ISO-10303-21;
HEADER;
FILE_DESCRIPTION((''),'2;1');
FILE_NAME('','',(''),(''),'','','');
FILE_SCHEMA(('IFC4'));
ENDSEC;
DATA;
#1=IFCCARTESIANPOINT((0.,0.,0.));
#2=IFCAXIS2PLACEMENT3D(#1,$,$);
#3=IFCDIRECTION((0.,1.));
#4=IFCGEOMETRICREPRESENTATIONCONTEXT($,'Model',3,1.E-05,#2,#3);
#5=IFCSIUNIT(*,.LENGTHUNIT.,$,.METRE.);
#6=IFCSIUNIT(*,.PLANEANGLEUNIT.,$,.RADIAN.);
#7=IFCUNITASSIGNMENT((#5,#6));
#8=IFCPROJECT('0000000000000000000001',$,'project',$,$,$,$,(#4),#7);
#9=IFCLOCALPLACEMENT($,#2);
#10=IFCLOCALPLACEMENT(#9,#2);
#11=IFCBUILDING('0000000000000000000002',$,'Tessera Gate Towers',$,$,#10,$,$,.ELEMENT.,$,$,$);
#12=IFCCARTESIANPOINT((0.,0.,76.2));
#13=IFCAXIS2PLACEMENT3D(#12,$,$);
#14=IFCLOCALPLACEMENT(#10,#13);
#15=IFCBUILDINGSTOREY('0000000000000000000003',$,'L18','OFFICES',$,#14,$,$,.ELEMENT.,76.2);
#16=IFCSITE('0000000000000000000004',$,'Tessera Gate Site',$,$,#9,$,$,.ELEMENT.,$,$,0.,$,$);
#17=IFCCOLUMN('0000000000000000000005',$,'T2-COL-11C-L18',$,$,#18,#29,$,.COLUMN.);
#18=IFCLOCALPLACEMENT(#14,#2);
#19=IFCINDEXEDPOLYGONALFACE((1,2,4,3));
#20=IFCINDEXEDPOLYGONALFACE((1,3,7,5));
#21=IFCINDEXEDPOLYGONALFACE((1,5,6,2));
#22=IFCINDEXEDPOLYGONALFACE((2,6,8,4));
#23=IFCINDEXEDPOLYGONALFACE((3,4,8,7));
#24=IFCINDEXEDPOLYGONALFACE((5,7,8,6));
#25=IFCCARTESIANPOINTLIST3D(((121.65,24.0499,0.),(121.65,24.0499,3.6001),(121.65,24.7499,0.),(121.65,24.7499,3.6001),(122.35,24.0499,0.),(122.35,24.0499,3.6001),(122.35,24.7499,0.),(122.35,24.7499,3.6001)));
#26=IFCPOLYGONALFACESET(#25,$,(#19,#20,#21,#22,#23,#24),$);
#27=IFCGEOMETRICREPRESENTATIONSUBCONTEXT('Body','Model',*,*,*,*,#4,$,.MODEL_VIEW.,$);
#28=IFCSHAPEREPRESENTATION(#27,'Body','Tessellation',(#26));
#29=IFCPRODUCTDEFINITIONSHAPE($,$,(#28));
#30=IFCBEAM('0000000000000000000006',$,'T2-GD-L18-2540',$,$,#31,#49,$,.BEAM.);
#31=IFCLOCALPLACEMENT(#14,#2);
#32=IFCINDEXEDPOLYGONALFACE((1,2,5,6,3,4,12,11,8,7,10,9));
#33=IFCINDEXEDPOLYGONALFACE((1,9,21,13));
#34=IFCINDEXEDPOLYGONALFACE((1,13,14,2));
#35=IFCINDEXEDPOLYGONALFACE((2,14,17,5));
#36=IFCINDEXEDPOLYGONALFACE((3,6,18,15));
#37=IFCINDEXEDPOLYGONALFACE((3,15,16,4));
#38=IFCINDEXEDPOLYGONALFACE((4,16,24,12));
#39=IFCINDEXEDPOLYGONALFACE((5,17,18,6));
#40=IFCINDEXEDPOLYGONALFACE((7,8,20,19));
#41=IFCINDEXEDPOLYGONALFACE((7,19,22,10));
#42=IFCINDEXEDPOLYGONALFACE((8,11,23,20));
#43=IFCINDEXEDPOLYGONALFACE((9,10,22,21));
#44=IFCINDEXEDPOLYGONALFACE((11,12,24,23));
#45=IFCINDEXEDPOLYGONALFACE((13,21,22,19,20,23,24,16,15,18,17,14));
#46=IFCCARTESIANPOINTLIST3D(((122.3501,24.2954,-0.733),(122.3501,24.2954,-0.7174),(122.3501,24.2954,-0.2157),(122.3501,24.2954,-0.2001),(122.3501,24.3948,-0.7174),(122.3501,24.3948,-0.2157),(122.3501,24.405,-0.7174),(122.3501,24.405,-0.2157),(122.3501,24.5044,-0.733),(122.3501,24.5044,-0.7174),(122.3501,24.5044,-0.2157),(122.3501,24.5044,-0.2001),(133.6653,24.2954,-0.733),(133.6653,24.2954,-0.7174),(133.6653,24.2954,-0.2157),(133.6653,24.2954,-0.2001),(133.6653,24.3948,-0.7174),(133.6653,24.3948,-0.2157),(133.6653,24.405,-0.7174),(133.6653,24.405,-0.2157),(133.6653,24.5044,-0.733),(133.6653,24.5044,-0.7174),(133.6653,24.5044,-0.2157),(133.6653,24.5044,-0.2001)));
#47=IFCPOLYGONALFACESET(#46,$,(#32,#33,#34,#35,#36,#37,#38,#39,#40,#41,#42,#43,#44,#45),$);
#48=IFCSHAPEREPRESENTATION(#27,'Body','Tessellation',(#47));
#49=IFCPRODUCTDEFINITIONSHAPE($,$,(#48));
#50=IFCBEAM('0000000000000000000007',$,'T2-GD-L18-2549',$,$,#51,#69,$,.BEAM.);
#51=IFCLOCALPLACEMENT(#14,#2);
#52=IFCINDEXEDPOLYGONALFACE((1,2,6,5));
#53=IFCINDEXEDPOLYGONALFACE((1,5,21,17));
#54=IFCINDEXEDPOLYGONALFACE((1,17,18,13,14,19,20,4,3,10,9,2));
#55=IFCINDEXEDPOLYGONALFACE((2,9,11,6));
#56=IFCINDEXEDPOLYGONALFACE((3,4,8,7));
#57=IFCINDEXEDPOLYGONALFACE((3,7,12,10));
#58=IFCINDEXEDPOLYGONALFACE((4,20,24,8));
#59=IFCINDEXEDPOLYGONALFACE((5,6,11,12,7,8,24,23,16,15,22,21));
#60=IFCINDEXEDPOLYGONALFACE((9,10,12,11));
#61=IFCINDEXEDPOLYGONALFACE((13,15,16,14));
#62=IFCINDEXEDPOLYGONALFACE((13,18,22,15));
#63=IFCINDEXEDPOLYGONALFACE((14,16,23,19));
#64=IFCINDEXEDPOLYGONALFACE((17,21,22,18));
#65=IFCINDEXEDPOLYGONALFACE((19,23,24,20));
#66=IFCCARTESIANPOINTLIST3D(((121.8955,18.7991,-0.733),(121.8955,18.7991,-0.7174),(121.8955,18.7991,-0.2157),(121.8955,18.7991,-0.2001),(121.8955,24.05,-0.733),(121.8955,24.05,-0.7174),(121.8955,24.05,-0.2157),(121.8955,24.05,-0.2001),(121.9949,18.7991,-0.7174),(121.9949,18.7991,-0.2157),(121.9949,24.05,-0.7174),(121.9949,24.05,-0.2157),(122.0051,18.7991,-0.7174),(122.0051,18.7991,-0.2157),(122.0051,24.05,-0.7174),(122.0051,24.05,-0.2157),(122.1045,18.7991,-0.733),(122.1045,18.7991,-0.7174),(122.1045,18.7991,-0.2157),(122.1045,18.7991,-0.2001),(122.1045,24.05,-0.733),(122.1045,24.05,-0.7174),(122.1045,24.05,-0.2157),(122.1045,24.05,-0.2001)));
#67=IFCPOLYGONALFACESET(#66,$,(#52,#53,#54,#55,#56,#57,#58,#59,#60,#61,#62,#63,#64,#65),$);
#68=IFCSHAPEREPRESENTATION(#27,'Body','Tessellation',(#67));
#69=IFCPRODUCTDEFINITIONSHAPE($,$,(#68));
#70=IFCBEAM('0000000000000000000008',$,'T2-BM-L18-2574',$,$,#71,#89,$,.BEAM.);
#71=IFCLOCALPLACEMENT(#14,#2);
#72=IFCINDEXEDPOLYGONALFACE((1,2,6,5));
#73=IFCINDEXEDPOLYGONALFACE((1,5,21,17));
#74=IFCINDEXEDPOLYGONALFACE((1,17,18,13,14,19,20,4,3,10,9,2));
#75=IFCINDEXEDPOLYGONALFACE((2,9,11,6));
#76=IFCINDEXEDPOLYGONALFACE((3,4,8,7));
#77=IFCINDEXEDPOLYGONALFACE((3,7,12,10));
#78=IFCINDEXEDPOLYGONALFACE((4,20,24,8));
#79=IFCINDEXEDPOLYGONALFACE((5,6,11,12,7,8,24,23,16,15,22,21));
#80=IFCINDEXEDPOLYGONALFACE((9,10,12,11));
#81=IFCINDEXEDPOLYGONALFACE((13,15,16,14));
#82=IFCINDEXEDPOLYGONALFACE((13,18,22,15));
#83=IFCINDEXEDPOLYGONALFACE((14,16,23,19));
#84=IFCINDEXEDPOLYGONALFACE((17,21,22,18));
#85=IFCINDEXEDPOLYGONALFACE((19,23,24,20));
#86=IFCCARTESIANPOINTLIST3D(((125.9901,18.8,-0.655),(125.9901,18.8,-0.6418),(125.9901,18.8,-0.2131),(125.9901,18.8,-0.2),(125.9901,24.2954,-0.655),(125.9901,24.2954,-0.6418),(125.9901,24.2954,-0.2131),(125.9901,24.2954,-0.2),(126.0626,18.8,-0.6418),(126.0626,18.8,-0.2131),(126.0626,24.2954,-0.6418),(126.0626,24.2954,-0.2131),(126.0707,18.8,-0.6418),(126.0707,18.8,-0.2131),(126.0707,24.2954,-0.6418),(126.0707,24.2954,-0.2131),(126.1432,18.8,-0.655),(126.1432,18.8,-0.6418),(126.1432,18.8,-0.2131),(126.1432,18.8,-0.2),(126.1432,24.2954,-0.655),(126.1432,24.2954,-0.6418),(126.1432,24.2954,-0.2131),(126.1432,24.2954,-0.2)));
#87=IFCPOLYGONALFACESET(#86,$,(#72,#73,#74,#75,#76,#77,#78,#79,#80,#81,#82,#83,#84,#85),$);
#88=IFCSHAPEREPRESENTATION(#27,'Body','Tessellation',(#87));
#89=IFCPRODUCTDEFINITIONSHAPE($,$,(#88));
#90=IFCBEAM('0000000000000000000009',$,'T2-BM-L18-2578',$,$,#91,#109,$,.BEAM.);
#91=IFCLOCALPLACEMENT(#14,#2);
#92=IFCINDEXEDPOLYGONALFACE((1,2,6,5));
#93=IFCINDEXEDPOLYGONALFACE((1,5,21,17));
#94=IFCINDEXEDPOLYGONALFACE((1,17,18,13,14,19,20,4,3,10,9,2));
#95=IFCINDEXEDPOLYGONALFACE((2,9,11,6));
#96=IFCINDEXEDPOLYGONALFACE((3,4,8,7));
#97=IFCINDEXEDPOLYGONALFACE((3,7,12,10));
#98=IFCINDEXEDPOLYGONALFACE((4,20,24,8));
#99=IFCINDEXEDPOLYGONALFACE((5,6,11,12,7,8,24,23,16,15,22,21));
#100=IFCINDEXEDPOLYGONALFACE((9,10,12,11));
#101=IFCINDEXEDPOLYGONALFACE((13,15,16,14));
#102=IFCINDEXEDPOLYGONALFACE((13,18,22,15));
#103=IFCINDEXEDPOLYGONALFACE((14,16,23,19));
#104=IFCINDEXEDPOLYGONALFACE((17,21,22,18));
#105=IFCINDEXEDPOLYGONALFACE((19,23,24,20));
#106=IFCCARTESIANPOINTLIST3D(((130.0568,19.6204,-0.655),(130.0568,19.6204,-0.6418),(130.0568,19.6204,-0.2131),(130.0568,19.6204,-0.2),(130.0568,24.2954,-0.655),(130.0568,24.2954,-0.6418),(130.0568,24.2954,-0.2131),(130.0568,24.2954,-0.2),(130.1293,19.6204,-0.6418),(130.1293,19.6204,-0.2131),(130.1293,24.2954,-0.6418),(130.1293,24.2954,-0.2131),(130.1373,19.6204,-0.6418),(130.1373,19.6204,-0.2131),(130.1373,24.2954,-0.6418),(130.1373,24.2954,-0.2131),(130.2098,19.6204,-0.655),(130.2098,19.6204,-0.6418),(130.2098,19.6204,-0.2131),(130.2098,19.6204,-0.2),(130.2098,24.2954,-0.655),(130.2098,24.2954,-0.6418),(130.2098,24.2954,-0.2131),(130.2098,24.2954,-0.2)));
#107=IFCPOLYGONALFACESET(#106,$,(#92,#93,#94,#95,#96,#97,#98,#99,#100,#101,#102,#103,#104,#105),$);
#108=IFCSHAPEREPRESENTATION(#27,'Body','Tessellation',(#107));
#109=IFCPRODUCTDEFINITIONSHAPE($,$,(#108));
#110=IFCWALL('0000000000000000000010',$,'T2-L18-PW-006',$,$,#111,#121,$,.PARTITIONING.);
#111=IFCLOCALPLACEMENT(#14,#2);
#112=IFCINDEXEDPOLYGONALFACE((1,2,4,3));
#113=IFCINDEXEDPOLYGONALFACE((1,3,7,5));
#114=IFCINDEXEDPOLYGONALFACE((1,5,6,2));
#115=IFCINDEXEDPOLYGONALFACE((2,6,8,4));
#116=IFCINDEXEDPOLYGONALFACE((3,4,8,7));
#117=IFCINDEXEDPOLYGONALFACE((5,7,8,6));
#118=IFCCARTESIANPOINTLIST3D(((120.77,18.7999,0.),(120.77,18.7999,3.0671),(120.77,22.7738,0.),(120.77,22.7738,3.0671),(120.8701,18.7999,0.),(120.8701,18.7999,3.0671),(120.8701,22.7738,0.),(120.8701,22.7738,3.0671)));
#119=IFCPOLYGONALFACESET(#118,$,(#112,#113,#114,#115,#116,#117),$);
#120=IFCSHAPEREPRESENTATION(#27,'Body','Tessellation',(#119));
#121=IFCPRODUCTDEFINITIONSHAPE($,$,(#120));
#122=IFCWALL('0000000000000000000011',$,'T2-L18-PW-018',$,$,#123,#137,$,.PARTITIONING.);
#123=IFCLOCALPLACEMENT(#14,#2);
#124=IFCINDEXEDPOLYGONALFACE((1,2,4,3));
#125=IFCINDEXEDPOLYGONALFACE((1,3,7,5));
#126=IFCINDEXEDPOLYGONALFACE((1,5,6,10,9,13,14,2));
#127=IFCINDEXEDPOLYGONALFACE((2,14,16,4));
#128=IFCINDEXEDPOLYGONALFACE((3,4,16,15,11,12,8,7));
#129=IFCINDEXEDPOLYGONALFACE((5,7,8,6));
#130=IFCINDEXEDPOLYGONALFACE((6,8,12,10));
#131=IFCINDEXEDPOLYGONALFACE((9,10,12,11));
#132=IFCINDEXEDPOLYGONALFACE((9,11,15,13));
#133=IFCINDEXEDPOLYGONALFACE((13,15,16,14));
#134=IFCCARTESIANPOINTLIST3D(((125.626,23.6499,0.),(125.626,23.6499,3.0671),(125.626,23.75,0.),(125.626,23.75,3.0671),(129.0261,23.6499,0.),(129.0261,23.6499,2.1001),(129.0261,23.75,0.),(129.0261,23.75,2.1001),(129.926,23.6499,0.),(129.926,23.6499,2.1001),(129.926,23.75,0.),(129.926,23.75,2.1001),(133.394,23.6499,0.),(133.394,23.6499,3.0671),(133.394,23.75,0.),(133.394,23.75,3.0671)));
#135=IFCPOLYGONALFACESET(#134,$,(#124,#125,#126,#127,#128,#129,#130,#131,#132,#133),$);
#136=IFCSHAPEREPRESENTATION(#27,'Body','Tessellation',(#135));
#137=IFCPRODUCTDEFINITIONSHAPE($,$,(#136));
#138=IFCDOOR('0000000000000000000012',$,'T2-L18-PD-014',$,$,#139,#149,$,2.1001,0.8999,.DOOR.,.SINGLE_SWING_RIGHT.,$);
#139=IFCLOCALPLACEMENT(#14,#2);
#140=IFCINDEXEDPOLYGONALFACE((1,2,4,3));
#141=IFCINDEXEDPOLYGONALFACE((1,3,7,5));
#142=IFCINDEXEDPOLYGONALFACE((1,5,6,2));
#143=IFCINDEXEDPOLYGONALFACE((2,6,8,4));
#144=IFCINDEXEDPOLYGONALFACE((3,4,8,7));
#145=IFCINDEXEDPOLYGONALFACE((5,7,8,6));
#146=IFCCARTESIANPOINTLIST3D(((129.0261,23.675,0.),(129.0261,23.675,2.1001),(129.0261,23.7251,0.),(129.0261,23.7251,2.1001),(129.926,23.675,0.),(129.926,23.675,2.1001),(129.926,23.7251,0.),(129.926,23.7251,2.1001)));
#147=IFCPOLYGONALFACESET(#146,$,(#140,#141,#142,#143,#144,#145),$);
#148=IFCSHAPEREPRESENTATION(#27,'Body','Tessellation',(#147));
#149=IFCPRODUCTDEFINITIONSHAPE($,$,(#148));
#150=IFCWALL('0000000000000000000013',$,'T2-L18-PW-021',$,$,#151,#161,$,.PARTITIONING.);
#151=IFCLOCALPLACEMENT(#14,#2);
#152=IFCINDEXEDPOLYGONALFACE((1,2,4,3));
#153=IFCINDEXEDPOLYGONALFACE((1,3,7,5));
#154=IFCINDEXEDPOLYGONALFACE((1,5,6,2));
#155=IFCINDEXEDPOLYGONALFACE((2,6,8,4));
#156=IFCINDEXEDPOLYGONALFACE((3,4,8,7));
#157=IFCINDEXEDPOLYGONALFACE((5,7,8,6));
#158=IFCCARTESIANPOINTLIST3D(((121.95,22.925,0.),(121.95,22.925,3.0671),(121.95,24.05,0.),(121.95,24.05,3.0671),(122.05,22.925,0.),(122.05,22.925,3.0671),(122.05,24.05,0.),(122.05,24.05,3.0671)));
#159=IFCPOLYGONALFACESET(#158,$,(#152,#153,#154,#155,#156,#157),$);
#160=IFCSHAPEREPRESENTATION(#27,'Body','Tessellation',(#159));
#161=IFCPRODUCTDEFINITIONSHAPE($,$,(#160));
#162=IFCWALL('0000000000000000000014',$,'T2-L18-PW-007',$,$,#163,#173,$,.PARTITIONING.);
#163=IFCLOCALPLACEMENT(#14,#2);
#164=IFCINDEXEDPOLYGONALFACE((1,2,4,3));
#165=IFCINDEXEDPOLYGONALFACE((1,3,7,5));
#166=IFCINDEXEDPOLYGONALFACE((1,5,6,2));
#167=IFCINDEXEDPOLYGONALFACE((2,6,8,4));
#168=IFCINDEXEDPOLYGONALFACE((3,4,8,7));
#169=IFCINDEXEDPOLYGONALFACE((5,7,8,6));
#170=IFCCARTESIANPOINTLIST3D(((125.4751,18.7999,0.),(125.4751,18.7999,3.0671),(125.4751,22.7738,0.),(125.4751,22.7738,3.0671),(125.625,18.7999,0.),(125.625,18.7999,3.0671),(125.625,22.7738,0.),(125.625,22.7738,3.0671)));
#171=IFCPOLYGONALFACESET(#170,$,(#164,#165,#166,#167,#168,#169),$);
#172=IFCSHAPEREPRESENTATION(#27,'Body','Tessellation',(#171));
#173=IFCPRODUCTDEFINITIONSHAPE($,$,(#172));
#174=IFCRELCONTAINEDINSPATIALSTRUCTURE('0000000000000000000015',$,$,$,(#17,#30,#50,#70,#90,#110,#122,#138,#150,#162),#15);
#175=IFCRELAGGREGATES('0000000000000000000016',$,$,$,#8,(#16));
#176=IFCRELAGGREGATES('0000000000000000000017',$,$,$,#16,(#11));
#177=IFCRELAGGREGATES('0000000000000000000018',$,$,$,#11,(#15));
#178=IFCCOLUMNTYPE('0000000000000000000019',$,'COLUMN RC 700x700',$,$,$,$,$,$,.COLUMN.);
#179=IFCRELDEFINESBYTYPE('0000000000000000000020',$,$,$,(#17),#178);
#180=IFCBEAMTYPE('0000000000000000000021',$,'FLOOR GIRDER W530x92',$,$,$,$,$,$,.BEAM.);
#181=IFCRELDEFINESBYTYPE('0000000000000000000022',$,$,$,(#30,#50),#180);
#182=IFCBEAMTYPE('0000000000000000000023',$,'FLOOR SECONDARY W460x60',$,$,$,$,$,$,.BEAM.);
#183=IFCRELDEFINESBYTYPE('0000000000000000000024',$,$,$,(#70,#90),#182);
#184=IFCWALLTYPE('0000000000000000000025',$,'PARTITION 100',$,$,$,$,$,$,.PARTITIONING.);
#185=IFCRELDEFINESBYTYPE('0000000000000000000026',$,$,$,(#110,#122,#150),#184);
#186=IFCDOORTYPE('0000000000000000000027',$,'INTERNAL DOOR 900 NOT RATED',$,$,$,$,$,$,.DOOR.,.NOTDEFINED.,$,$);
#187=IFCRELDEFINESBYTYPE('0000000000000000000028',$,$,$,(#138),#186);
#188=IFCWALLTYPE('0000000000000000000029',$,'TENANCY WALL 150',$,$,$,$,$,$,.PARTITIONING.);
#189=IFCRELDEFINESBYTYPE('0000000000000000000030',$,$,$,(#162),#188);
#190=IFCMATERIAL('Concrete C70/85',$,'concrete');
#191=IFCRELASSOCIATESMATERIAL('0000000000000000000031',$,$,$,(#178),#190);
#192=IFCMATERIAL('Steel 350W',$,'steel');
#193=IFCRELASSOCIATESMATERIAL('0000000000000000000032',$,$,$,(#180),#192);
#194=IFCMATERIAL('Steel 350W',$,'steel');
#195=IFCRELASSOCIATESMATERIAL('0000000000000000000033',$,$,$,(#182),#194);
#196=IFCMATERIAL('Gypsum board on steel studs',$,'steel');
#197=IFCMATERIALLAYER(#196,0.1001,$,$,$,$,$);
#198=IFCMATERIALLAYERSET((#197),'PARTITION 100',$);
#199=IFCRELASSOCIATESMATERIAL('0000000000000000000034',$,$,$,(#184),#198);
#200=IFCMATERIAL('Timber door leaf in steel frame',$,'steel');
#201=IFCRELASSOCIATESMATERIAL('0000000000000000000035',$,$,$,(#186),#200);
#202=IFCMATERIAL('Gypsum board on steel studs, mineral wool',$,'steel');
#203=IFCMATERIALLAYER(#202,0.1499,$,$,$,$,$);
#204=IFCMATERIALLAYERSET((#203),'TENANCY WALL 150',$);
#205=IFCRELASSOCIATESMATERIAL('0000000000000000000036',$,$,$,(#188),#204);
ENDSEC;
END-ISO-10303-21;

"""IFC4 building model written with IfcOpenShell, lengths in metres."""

from ifc_helpers import new_model, si_unit, direction, frame, frame_2d, origin, origin_2d, place, context, subcontext, project, spatial, rectangle, i_section, extrude, source, transform, mapped, material, layer, layer_set, material_profile, profile_set, type_object, element, fill, save


model = new_model("IFC4")

# Units and contexts
model_context = context("Model", 3, precision=1e-05, world=origin(), true_north=direction((0.0, 1.0)))
body_context = subcontext(model_context, "Body", "Model", "MODEL_VIEW")
ifc_project = project(units=[si_unit("LENGTHUNIT", "METRE"), si_unit("PLANEANGLEUNIT", "RADIAN")], contexts=[model_context])

# Site, building, storey
site_placement = place(None, origin())
site = spatial("IfcSite", under=ifc_project, at=site_placement, Name="Tessera Gate Site", CompositionType="ELEMENT", RefElevation=0.0)
building_placement = place(site_placement, origin())
building = spatial("IfcBuilding", under=site, at=building_placement, Name="Tessera Gate Towers", CompositionType="ELEMENT")
storey_placement = place(building_placement, frame((0.0, 0.0, 76.2)))
storey = spatial("IfcBuildingStorey", under=building, at=storey_placement, Name="L18", Description="OFFICES", CompositionType="ELEMENT", Elevation=76.2)

# Column
ifc_material_1 = material(Name="Concrete C70/85", Category="concrete")
ifc_material_profile_1 = material_profile(ifc_material_1, rectangle(XDim=0.7, YDim=0.7, at=origin_2d()), Name="RC 700x700")
ifc_profile_set_1 = profile_set([ifc_material_profile_1], Name="Concrete C70/85")
column_type = type_object("IfcColumnType", Name="COLUMN RC 700x700", PredefinedType="COLUMN", material=ifc_profile_set_1)
column_placement = place(storey_placement, frame((122.0, 24.3999, 0.0), z_axis=(0.0, 0.0, 1.0), x_axis=(1.0, 0.0, 0.0)))
element("IfcColumn", 1, at=column_placement, inside=storey, type_object=column_type, Name="T2-COL-11C-L18", PredefinedType="COLUMN", context=body_context, shape_type="SweptSolid", body=[
    extrude(rectangle(XDim=0.7, YDim=0.7, at=origin_2d()), origin(), (0.0, 0.0, 1.0), 3.6001),
])

# Beams
ifc_material_2 = material(Name="Steel 350W", Category="steel")
ifc_material_profile_2 = material_profile(ifc_material_2, i_section(OverallWidth=0.209, OverallDepth=0.533, WebThickness=0.0103, FlangeThickness=0.0156, at=origin_2d()), Name="W530x92")
ifc_profile_set_2 = profile_set([ifc_material_profile_2], Name="Steel 350W")
beam_type_1 = type_object("IfcBeamType", Name="FLOOR GIRDER W530x92", PredefinedType="BEAM", material=ifc_profile_set_2)
beam_1_placement = place(storey_placement, frame((122.3501, 24.3999, -0.4666), z_axis=(1.0, 0.0, 0.0), x_axis=(0.0, 1.0, 0.0)))
element("IfcBeam", 2, at=beam_1_placement, inside=storey, type_object=beam_type_1, Name="T2-GD-L18-2540", PredefinedType="BEAM", context=body_context, shape_type="SweptSolid", body=[
    extrude(i_section(OverallWidth=0.209, OverallDepth=0.533, WebThickness=0.0103, FlangeThickness=0.0156, at=origin_2d()), origin(), (0.0, 0.0, 1.0), 11.3152),
])
beam_2_placement = place(storey_placement, frame((122.0, 18.7991, -0.4666), z_axis=(0.0, 1.0, 0.0), x_axis=(-1.0, 0.0, 0.0)))
element("IfcBeam", 3, at=beam_2_placement, inside=storey, type_object=beam_type_1, Name="T2-GD-L18-2549", PredefinedType="BEAM", context=body_context, shape_type="SweptSolid", body=[
    extrude(i_section(OverallWidth=0.209, OverallDepth=0.533, WebThickness=0.0103, FlangeThickness=0.0156, at=origin_2d()), origin(), (0.0, 0.0, 1.0), 5.251),
])
ifc_material_3 = material(Name="Steel 350W", Category="steel")
ifc_material_profile_3 = material_profile(ifc_material_3, i_section(OverallWidth=0.1531, OverallDepth=0.4551, WebThickness=0.0081, FlangeThickness=0.0132, at=origin_2d()), Name="W460x60")
ifc_profile_set_3 = profile_set([ifc_material_profile_3], Name="Steel 350W")
beam_type_2 = type_object("IfcBeamType", Name="FLOOR SECONDARY W460x60", PredefinedType="BEAM", material=ifc_profile_set_3)
beam_3_placement = place(storey_placement, frame((126.0667, 18.8, -0.4275), z_axis=(0.0, 1.0, 0.0), x_axis=(-1.0, 0.0, 0.0)))
element("IfcBeam", 4, at=beam_3_placement, inside=storey, type_object=beam_type_2, Name="T2-BM-L18-2574", PredefinedType="BEAM", context=body_context, shape_type="SweptSolid", body=[
    extrude(i_section(OverallWidth=0.1531, OverallDepth=0.4551, WebThickness=0.0081, FlangeThickness=0.0132, at=origin_2d()), origin(), (0.0, 0.0, 1.0), 5.4954),
])
beam_4_placement = place(storey_placement, frame((130.1333, 19.6204, -0.4275), z_axis=(0.0, 1.0, 0.0), x_axis=(-1.0, 0.0, 0.0)))
element("IfcBeam", 5, at=beam_4_placement, inside=storey, type_object=beam_type_2, Name="T2-BM-L18-2578", PredefinedType="BEAM", context=body_context, shape_type="SweptSolid", body=[
    extrude(i_section(OverallWidth=0.1531, OverallDepth=0.4551, WebThickness=0.0081, FlangeThickness=0.0132, at=origin_2d()), origin(), (0.0, 0.0, 1.0), 4.675),
])

# Wall
ifc_material_4 = material(Name="Gypsum board on steel studs", Category="steel")
ifc_layer_1 = layer(ifc_material_4, 0.1001)
ifc_layer_set_1 = layer_set([ifc_layer_1], Name="PARTITION 100")
wall_type_1 = type_object("IfcWallType", Name="PARTITION 100", PredefinedType="PARTITIONING", material=ifc_layer_set_1)
wall_1_placement = place(storey_placement, frame((120.8201, 18.8, 0.0), z_axis=(0.0, 0.0, 1.0), x_axis=(0.0, 1.0, 0.0)))
element("IfcWall", 6, at=wall_1_placement, inside=storey, type_object=wall_type_1, Name="T2-L18-PW-006", PredefinedType="PARTITIONING", context=body_context, shape_type="SweptSolid", body=[
    extrude(rectangle(XDim=3.9739, YDim=0.1001, at=frame_2d((1.9868, 0.0))), origin(), (0.0, 0.0, 1.0), 3.0671),
])

# Wall, opening, door
wall_2_placement = place(storey_placement, frame((133.394, 23.7, 0.0), z_axis=(0.0, 0.0, 1.0), x_axis=(-1.0, 0.0, 0.0)))
wall_2 = element("IfcWall", 7, at=wall_2_placement, inside=storey, type_object=wall_type_1, Name="T2-L18-PW-018", PredefinedType="PARTITIONING", context=body_context, shape_type="SweptSolid", body=[
    extrude(rectangle(XDim=7.7681, YDim=0.1001, at=frame_2d((3.884, 0.0))), origin(), (0.0, 0.0, 1.0), 3.0671),
])
shared_shape_1 = source(origin(), body_context, "Body", "SweptSolid", [
    extrude(rectangle(XDim=0.8999, YDim=2.1001, at=frame_2d((0.45, 1.05))), frame((0.0, 0.0601, 0.0), z_axis=(0.0, -1.0, 0.0), x_axis=(1.0, 0.0, 0.0)), (0.0, 0.0, 1.0), 0.1201),
])
opening_1_placement = place(wall_2_placement, frame((3.468, 0.0, 0.0)))
opening_1 = element("IfcOpeningElement", 8, at=opening_1_placement, cuts=wall_2, PredefinedType="OPENING", context=body_context, shape_type="MappedRepresentation", body=[
    mapped(shared_shape_1, transform((0.0, 0.0, 0.0), scale=1.0)),
])
ifc_material_5 = material(Name="Timber door leaf in steel frame", Category="steel")
door_type = type_object("IfcDoorType", Name="INTERNAL DOOR 900 NOT RATED", OperationType="NOTDEFINED", PredefinedType="DOOR", material=ifc_material_5)
shared_shape_2 = source(origin(), body_context, "Body", "SweptSolid", [
    extrude(rectangle(XDim=0.8999, YDim=2.1001, at=frame_2d((0.45, 1.05))), frame((0.0, 0.0249, 0.0), z_axis=(0.0, -1.0, 0.0), x_axis=(1.0, 0.0, 0.0)), (0.0, 0.0, 1.0), 0.05),
])
door_1_placement = place(opening_1_placement, origin())
door_1 = element("IfcDoor", 9, at=door_1_placement, inside=storey, type_object=door_type, Name="T2-L18-PD-014", OperationType="SINGLE_SWING_RIGHT", OverallHeight=2.1001, OverallWidth=0.8999, PredefinedType="DOOR", context=body_context, shape_type="MappedRepresentation", body=[
    mapped(shared_shape_2, transform((0.0, 0.0, 0.0), scale=1.0)),
])
fill(opening_1, door_1)

# Walls
wall_3_placement = place(storey_placement, frame((122.0, 24.05, 0.0), z_axis=(0.0, 0.0, 1.0), x_axis=(0.0, -1.0, 0.0)))
element("IfcWall", 10, at=wall_3_placement, inside=storey, type_object=wall_type_1, Name="T2-L18-PW-021", PredefinedType="PARTITIONING", context=body_context, shape_type="SweptSolid", body=[
    extrude(rectangle(XDim=1.125, YDim=0.1001, at=frame_2d((0.5625, 0.0))), origin(), (0.0, 0.0, 1.0), 3.0671),
])
ifc_material_6 = material(Name="Gypsum board on steel studs, mineral wool", Category="steel")
ifc_layer_2 = layer(ifc_material_6, 0.1499)
ifc_layer_set_2 = layer_set([ifc_layer_2], Name="TENANCY WALL 150")
wall_type_2 = type_object("IfcWallType", Name="TENANCY WALL 150", PredefinedType="PARTITIONING", material=ifc_layer_set_2)
wall_4_placement = place(storey_placement, frame((125.55, 18.8, 0.0), z_axis=(0.0, 0.0, 1.0), x_axis=(0.0, 1.0, 0.0)))
element("IfcWall", 11, at=wall_4_placement, inside=storey, type_object=wall_type_2, Name="T2-L18-PW-007", PredefinedType="PARTITIONING", context=body_context, shape_type="SweptSolid", body=[
    extrude(rectangle(XDim=3.9739, YDim=0.1499, at=frame_2d((1.9868, 0.0))), origin(), (0.0, 0.0, 1.0), 3.0671),
])

save(model, "model.ifc")
